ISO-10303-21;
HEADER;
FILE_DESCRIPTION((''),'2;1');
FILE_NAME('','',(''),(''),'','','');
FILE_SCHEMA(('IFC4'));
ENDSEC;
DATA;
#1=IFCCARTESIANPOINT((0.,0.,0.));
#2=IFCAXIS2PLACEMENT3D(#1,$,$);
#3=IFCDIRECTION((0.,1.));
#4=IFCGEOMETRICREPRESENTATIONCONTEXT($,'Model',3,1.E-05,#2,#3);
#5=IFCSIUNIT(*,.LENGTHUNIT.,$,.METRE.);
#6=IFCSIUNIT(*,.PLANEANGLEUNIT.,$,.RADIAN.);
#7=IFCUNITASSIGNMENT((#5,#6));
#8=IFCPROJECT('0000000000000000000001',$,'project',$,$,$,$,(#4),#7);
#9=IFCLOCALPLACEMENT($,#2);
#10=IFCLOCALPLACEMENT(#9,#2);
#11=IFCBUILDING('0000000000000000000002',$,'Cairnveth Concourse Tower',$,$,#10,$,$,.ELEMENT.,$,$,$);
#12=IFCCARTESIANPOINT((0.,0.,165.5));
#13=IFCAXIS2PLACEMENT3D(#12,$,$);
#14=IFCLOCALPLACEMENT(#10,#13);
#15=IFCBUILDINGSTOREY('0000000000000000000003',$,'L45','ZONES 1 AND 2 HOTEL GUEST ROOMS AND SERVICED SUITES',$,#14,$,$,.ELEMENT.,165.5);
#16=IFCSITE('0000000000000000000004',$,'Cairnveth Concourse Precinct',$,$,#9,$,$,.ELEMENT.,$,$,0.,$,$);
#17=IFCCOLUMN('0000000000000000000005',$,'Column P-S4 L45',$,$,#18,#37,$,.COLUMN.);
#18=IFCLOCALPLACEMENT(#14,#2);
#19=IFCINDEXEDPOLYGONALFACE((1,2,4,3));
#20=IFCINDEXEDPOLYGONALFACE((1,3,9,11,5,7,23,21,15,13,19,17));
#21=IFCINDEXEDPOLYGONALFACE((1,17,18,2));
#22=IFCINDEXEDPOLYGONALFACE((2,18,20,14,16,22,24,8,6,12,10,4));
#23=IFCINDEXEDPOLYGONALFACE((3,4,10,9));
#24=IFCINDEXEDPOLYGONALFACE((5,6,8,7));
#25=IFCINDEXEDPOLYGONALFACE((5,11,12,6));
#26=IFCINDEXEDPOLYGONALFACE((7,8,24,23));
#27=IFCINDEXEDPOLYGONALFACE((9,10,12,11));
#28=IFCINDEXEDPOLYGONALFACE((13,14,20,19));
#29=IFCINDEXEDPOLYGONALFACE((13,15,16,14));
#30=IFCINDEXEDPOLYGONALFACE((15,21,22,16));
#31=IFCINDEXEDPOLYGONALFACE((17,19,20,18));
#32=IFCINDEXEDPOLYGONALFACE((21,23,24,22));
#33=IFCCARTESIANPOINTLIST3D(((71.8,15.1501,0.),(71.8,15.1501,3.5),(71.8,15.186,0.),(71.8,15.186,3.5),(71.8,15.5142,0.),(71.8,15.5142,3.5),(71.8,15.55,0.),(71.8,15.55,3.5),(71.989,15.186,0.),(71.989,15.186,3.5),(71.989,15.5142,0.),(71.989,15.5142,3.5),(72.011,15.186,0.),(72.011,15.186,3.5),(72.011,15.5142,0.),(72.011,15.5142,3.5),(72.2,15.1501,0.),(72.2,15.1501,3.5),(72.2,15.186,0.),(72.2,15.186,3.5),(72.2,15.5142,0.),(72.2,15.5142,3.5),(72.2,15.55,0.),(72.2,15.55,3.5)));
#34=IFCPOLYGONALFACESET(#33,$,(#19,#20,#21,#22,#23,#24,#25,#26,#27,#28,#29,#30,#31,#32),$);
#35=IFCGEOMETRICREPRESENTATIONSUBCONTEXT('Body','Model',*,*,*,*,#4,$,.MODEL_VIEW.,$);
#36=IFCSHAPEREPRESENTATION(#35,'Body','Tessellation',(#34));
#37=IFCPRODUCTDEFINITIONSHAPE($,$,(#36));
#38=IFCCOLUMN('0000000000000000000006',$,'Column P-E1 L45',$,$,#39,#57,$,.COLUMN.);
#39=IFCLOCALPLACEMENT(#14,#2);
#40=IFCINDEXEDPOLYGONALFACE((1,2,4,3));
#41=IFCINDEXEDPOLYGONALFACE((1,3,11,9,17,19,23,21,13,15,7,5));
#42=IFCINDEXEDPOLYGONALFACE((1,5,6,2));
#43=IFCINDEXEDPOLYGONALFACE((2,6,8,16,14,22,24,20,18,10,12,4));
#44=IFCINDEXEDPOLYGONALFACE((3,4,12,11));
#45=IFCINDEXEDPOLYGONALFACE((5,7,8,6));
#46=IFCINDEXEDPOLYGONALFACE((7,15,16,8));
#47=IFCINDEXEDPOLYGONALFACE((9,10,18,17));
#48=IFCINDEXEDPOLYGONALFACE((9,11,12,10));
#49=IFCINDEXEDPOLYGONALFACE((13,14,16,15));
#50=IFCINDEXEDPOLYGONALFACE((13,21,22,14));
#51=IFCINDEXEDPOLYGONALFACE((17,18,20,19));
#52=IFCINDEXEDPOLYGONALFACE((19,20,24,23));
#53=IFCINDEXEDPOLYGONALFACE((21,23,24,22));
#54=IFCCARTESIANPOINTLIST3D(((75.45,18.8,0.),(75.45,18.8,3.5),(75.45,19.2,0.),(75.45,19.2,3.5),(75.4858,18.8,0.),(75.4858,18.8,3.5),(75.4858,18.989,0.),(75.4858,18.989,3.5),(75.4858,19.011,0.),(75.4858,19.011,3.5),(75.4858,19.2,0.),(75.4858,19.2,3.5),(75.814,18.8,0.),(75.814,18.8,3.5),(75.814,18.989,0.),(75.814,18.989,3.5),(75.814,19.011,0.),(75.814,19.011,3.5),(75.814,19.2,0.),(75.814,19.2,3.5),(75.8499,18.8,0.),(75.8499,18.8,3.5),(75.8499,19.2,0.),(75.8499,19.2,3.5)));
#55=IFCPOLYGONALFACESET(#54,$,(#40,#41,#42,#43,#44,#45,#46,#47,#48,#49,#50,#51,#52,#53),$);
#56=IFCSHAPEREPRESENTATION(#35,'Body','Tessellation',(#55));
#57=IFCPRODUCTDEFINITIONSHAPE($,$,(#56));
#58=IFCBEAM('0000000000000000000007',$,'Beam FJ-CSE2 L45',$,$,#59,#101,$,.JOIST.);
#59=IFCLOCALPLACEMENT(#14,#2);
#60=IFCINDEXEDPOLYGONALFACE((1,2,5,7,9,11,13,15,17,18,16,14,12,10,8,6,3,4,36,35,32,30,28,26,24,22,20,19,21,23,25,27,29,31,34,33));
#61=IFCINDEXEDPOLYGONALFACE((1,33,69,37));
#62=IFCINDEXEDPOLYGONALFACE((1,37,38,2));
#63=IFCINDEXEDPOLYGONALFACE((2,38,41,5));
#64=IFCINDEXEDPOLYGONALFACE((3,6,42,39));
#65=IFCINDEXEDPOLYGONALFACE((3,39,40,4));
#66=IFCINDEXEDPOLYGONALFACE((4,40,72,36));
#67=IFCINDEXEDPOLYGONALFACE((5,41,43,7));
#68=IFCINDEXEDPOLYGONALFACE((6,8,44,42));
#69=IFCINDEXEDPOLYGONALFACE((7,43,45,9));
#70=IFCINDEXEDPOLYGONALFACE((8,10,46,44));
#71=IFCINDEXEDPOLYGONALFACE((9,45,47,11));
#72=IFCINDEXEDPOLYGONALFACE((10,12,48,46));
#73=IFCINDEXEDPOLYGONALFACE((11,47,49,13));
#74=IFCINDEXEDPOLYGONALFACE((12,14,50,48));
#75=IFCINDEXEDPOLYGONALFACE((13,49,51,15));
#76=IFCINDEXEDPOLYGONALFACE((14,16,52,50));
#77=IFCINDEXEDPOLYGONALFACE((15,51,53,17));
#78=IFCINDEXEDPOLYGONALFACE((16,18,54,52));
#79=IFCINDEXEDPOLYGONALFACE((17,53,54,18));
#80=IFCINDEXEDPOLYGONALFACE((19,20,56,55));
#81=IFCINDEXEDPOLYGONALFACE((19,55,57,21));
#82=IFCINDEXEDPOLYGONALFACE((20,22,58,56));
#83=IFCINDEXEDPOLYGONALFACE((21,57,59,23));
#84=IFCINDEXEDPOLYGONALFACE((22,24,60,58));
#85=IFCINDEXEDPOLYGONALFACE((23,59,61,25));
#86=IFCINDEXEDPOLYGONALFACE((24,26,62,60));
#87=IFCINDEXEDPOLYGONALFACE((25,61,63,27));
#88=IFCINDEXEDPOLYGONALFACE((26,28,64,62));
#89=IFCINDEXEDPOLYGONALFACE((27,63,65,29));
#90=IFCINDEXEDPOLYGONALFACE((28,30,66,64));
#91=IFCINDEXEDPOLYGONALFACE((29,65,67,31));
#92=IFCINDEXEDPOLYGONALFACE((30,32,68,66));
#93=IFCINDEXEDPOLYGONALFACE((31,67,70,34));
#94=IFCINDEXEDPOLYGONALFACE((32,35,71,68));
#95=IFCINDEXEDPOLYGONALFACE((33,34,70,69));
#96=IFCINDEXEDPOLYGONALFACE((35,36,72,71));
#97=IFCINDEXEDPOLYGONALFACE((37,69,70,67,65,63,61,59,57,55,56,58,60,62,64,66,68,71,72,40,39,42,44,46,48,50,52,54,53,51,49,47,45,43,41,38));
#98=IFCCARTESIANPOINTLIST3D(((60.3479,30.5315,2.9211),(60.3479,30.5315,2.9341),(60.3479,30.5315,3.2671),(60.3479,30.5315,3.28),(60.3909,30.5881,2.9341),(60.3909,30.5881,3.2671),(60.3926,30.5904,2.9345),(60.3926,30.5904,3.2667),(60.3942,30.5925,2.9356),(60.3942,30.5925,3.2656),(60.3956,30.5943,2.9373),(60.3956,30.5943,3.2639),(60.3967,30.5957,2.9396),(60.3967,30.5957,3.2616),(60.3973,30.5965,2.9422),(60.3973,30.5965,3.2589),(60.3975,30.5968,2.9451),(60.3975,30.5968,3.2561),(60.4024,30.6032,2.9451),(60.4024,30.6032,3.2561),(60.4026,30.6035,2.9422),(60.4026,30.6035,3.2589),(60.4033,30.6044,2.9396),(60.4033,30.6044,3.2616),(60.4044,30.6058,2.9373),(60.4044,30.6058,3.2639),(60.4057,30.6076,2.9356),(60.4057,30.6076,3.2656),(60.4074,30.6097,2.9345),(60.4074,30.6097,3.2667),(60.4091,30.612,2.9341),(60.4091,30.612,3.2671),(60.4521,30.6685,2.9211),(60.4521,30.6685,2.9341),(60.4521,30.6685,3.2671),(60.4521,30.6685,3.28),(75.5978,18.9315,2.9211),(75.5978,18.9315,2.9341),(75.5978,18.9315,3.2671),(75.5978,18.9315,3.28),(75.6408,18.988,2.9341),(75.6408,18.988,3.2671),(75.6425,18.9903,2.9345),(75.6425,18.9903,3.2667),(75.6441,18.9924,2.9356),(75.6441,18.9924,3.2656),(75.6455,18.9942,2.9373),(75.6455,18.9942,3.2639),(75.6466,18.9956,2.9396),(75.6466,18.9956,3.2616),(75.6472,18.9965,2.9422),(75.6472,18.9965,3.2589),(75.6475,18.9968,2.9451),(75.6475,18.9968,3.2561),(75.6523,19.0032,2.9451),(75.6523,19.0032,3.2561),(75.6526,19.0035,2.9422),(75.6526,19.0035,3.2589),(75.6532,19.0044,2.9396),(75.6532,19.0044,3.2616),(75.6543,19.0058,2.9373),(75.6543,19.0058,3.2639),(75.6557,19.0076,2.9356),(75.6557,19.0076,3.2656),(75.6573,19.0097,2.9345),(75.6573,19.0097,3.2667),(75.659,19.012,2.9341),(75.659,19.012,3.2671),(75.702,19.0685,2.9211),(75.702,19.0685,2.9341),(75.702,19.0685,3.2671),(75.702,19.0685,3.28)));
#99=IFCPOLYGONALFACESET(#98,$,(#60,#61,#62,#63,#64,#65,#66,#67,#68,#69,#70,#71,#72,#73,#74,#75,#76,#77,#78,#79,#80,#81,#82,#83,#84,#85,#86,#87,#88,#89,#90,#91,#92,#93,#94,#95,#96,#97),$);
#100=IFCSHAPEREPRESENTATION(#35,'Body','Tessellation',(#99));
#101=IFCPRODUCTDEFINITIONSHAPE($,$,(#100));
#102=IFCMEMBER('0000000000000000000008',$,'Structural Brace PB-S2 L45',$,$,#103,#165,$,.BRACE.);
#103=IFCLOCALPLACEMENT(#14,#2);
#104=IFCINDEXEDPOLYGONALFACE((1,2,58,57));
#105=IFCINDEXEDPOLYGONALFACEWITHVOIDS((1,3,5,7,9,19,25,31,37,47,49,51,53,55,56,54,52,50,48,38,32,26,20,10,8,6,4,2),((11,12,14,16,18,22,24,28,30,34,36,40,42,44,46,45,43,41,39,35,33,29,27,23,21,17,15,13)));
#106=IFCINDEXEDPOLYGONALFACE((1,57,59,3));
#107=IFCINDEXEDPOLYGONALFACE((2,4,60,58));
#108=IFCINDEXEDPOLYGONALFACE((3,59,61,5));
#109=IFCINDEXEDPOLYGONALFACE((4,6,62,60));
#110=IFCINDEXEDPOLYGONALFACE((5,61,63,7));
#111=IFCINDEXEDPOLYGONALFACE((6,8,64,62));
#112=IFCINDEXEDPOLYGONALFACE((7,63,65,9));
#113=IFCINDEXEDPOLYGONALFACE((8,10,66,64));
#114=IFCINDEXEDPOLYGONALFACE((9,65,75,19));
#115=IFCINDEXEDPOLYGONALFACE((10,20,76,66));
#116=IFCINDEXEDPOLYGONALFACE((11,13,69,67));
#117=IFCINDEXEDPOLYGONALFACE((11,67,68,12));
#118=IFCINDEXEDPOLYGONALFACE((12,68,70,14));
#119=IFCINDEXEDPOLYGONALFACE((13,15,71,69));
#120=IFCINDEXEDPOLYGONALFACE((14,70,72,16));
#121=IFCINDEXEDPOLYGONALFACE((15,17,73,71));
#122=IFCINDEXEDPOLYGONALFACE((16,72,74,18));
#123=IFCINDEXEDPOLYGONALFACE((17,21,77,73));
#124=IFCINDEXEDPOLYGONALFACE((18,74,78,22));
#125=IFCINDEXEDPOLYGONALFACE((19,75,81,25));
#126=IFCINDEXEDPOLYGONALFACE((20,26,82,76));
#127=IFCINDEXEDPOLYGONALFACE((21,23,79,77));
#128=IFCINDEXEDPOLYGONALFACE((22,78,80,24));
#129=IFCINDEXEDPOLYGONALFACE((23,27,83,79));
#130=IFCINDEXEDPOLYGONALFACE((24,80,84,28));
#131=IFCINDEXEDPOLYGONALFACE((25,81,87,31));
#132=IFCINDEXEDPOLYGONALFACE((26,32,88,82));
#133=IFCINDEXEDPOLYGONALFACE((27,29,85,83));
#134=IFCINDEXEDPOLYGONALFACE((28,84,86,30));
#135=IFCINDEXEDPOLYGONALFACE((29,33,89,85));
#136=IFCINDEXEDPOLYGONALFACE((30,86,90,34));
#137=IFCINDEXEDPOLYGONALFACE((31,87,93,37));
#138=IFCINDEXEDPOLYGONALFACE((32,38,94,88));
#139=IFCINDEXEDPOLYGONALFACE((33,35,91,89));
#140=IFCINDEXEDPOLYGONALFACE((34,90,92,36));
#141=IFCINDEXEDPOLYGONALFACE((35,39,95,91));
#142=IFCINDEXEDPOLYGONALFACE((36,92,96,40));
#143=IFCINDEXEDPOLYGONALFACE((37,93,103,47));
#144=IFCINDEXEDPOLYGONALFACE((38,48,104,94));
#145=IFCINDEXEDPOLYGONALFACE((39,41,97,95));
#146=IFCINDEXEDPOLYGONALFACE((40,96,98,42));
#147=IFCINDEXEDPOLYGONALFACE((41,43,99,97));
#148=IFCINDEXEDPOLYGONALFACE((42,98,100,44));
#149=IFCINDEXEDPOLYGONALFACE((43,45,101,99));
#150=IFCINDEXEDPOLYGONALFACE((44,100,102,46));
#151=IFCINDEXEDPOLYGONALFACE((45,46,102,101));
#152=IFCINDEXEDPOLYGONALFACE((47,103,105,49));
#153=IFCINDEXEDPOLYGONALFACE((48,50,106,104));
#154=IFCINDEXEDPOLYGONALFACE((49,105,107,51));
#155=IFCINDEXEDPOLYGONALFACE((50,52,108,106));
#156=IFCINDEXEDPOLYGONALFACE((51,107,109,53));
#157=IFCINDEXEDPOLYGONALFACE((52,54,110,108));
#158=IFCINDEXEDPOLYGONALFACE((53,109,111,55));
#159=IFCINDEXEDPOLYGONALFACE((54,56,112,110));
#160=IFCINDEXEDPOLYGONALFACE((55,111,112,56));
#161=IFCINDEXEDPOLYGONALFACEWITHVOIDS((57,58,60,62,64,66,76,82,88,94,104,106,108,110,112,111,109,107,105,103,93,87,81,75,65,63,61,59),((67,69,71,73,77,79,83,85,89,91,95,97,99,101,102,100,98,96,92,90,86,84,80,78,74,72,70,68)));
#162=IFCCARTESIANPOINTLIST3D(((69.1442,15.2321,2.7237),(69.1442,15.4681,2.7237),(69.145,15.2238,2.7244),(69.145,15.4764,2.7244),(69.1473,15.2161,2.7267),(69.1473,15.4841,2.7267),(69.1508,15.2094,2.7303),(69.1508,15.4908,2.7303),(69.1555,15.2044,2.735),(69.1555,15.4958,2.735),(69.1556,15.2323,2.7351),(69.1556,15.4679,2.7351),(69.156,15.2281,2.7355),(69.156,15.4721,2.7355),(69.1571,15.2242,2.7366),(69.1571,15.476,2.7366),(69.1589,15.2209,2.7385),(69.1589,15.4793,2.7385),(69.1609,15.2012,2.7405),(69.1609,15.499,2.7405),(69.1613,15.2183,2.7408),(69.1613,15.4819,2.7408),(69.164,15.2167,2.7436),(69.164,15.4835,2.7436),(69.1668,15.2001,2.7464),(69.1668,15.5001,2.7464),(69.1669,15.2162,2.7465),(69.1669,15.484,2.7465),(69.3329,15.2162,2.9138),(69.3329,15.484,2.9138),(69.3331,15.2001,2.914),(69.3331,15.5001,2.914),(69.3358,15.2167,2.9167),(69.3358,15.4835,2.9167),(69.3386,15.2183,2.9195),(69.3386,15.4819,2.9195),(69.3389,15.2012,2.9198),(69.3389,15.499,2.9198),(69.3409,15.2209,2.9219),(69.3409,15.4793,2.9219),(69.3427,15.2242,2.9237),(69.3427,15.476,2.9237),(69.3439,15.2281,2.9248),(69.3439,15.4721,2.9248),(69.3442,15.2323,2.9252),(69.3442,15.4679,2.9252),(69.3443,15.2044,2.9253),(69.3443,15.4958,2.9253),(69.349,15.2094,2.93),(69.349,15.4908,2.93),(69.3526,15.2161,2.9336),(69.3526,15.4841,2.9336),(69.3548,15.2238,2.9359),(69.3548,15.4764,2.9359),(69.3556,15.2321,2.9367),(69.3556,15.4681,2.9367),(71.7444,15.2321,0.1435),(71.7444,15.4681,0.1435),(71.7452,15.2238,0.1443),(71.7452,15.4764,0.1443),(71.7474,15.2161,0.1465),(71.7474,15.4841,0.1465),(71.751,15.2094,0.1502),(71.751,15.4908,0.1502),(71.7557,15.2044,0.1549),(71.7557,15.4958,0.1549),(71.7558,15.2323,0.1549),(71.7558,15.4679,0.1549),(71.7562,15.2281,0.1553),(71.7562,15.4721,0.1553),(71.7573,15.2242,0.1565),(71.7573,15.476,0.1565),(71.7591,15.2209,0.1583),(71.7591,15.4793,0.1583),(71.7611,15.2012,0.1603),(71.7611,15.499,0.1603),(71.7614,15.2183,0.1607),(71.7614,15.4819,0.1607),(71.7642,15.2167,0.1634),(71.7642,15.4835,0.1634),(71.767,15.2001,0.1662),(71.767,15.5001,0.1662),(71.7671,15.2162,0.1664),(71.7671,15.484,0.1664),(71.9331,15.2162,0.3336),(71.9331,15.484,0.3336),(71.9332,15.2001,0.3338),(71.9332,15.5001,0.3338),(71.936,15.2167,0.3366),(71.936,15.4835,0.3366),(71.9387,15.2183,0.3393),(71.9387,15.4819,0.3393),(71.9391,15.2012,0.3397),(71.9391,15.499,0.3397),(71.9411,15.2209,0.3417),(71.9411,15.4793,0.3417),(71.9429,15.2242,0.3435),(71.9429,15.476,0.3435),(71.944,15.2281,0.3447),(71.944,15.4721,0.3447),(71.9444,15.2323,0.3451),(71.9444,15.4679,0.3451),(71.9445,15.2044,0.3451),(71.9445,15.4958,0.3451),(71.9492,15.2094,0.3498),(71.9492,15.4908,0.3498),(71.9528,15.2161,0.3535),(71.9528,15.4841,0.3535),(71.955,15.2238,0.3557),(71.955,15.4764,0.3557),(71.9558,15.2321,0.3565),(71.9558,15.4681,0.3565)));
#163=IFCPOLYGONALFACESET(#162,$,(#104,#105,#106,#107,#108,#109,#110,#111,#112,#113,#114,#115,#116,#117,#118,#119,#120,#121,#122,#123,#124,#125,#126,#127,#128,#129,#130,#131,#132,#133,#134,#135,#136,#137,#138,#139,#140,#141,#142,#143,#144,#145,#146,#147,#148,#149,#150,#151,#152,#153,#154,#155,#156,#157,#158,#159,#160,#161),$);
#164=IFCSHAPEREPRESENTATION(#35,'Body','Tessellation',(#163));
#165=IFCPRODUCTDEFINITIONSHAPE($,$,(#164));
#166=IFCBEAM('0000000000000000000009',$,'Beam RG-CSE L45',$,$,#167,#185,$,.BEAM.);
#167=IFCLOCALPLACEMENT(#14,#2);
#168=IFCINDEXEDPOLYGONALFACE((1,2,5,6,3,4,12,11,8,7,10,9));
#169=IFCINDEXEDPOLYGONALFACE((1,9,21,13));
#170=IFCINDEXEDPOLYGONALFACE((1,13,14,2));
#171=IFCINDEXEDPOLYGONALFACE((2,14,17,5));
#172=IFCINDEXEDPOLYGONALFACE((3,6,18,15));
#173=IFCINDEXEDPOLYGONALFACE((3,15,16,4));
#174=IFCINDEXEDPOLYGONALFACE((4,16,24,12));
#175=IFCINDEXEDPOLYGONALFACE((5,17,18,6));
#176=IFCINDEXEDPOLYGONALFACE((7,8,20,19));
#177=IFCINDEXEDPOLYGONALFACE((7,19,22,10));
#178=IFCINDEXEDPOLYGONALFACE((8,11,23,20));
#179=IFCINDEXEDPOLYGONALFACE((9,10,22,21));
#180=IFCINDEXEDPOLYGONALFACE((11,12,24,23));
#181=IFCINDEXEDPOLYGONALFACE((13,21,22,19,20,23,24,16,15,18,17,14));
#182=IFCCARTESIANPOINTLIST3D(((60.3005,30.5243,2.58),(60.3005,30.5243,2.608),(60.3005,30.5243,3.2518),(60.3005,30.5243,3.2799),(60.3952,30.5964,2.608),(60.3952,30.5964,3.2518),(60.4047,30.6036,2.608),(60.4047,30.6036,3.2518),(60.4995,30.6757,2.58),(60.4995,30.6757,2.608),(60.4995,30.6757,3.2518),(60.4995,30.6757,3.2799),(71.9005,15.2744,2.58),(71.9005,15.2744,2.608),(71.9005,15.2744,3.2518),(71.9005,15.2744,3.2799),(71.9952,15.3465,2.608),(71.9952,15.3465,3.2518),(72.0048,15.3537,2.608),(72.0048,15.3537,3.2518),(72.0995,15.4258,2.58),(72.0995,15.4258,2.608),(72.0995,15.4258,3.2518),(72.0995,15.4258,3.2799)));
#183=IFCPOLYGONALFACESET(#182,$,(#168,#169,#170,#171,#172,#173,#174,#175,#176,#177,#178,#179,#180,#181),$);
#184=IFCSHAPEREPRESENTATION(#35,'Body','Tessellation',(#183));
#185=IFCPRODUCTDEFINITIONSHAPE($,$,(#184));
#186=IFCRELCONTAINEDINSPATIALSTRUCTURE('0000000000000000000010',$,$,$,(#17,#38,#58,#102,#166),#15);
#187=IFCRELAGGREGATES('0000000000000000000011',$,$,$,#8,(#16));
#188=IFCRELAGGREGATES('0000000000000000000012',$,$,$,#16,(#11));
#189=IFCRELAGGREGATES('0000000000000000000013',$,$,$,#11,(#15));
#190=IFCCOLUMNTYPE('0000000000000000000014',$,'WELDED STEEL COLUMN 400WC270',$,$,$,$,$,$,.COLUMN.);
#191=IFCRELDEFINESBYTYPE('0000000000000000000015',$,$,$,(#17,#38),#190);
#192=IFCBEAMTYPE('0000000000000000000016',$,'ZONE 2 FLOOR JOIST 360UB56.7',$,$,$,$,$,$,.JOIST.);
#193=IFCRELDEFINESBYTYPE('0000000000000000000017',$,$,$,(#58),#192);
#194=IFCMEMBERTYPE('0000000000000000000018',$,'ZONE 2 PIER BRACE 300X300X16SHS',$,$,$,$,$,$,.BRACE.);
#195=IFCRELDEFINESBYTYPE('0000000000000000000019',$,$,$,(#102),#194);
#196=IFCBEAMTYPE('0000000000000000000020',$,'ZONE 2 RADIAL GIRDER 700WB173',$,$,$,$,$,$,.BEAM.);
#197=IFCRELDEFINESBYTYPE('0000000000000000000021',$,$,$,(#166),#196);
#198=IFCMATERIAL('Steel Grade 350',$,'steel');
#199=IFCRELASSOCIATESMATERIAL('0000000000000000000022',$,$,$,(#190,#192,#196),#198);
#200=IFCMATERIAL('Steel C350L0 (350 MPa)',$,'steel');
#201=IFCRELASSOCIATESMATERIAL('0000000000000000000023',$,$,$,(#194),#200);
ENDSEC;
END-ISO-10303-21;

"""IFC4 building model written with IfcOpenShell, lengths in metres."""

from ifc_helpers import new_model, si_unit, direction, frame, origin, origin_2d, place, context, subcontext, project, spatial, hollow_rectangle, i_section, extrude, material, material_profile, profile_set, type_object, element, save


model = new_model("IFC4")

# Units and contexts
model_context = context("Model", 3, precision=1e-05, world=origin(), true_north=direction((0.0, 1.0)))
body_context = subcontext(model_context, "Body", "Model", "MODEL_VIEW")
ifc_project = project(units=[si_unit("LENGTHUNIT", "METRE"), si_unit("PLANEANGLEUNIT", "RADIAN")], contexts=[model_context])

# Site, building, storey
site_placement = place(None, origin())
site = spatial("IfcSite", under=ifc_project, at=site_placement, Name="Cairnveth Concourse Precinct", CompositionType="ELEMENT", RefElevation=0.0)
building_placement = place(site_placement, origin())
building = spatial("IfcBuilding", under=site, at=building_placement, Name="Cairnveth Concourse Tower", CompositionType="ELEMENT")
storey_placement = place(building_placement, frame((0.0, 0.0, 165.5)))
storey = spatial("IfcBuildingStorey", under=building, at=storey_placement, Name="L45", Description="ZONES 1 AND 2 HOTEL GUEST ROOMS AND SERVICED SUITES", CompositionType="ELEMENT", Elevation=165.5)

# Columns
ifc_material_1 = material(Name="Steel Grade 350", Category="steel")
ifc_material_profile_1 = material_profile(ifc_material_1, i_section(OverallWidth=0.3999, OverallDepth=0.3999, WebThickness=0.022, FlangeThickness=0.0359, at=origin_2d()), Name="400WC270")
ifc_profile_set_1 = profile_set([ifc_material_profile_1], Name="Steel Grade 350")
column_type = type_object("IfcColumnType", Name="WELDED STEEL COLUMN 400WC270", PredefinedType="COLUMN", material=ifc_profile_set_1)
for number, where, z_axis, x_axis, name in (
    (1, (72.0, 15.3501, 0.0), (0.0, 0.0, 1.0), (1.0, 0.0, 0.0), "Column P-S4 L45"),
    (2, (75.6499, 19.0, 0.0), (0.0, 0.0, 1.0), (0.0, 1.0, 0.0), "Column P-E1 L45"),
):
    element("IfcColumn", number, at=place(storey_placement, frame(where, z_axis=z_axis, x_axis=x_axis)), inside=storey, type_object=column_type, Name=name, PredefinedType="COLUMN", context=body_context, shape_type="SweptSolid", body=[
        extrude(i_section(OverallWidth=0.3999, OverallDepth=0.3999, WebThickness=0.022, FlangeThickness=0.0359, at=origin_2d()), origin(), (0.0, 0.0, 1.0), 3.5),
    ])

# Beam
ifc_material_profile_2 = material_profile(ifc_material_1, i_section(OverallWidth=0.1721, OverallDepth=0.3589, WebThickness=0.0081, FlangeThickness=0.0129, FilletRadius=0.011, at=origin_2d()), Name="360UB56.7")
ifc_profile_set_2 = profile_set([ifc_material_profile_2], Name="Steel Grade 350")
beam_type_1 = type_object("IfcBeamType", Name="ZONE 2 FLOOR JOIST 360UB56.7", PredefinedType="JOIST", material=ifc_profile_set_2)
beam_1_placement = place(storey_placement, frame((75.6499, 19.0, 3.1006), z_axis=(-0.795908, 0.605417, 0.0), x_axis=(-0.605417, -0.795908, 0.0)))
element("IfcBeam", 3, at=beam_1_placement, inside=storey, type_object=beam_type_1, Name="Beam FJ-CSE2 L45", PredefinedType="JOIST", context=body_context, shape_type="SweptSolid", body=[
    extrude(i_section(OverallWidth=0.1721, OverallDepth=0.3589, WebThickness=0.0081, FlangeThickness=0.0129, FilletRadius=0.011, at=origin_2d()), origin(), (0.0, 0.0, 1.0), 19.1604),
])

# Member
ifc_material_2 = material(Name="Steel C350L0 (350 MPa)", Category="steel")
ifc_material_profile_3 = material_profile(ifc_material_2, hollow_rectangle(XDim=0.3, YDim=0.3, WallThickness=0.0161, InnerFilletRadius=0.0161, OuterFilletRadius=0.032, at=origin_2d()), Name="300x300x16.0SHS")
ifc_profile_set_3 = profile_set([ifc_material_profile_3], Name="Steel C350L0 (350 MPa)")
member_type = type_object("IfcMemberType", Name="ZONE 2 PIER BRACE 300X300X16SHS", PredefinedType="BRACE", material=ifc_profile_set_3)
member_placement = place(storey_placement, frame((71.8501, 15.3501, 0.25), z_axis=(-0.709834, 0.0, 0.704369), x_axis=(0.0, -1.0, 0.0)))
element("IfcMember", 4, at=member_placement, inside=storey, type_object=member_type, Name="Structural Brace PB-S2 L45", PredefinedType="BRACE", context=body_context, shape_type="SweptSolid", body=[
    extrude(hollow_rectangle(XDim=0.3, YDim=0.3, WallThickness=0.0161, InnerFilletRadius=0.0161, OuterFilletRadius=0.032, at=origin_2d()), origin(), (0.0, 0.0, 1.0), 3.6631),
])

# Beam
ifc_material_profile_4 = material_profile(ifc_material_1, i_section(OverallWidth=0.25, OverallDepth=0.7, WebThickness=0.012, FlangeThickness=0.0281, at=origin_2d()), Name="700WB173")
ifc_profile_set_4 = profile_set([ifc_material_profile_4], Name="Steel Grade 350")
beam_type_2 = type_object("IfcBeamType", Name="ZONE 2 RADIAL GIRDER 700WB173", PredefinedType="BEAM", material=ifc_profile_set_4)
beam_2_placement = place(storey_placement, frame((72.0, 15.3501, 2.9299), z_axis=(-0.605417, 0.795908, 0.0), x_axis=(-0.795908, -0.605417, 0.0)))
element("IfcBeam", 5, at=beam_2_placement, inside=storey, type_object=beam_type_2, Name="Beam RG-CSE L45", PredefinedType="BEAM", context=body_context, shape_type="SweptSolid", body=[
    extrude(i_section(OverallWidth=0.25, OverallDepth=0.7, WebThickness=0.012, FlangeThickness=0.0281, at=origin_2d()), origin(), (0.0, 0.0, 1.0), 19.1604),
])

save(model, "model.ifc")
